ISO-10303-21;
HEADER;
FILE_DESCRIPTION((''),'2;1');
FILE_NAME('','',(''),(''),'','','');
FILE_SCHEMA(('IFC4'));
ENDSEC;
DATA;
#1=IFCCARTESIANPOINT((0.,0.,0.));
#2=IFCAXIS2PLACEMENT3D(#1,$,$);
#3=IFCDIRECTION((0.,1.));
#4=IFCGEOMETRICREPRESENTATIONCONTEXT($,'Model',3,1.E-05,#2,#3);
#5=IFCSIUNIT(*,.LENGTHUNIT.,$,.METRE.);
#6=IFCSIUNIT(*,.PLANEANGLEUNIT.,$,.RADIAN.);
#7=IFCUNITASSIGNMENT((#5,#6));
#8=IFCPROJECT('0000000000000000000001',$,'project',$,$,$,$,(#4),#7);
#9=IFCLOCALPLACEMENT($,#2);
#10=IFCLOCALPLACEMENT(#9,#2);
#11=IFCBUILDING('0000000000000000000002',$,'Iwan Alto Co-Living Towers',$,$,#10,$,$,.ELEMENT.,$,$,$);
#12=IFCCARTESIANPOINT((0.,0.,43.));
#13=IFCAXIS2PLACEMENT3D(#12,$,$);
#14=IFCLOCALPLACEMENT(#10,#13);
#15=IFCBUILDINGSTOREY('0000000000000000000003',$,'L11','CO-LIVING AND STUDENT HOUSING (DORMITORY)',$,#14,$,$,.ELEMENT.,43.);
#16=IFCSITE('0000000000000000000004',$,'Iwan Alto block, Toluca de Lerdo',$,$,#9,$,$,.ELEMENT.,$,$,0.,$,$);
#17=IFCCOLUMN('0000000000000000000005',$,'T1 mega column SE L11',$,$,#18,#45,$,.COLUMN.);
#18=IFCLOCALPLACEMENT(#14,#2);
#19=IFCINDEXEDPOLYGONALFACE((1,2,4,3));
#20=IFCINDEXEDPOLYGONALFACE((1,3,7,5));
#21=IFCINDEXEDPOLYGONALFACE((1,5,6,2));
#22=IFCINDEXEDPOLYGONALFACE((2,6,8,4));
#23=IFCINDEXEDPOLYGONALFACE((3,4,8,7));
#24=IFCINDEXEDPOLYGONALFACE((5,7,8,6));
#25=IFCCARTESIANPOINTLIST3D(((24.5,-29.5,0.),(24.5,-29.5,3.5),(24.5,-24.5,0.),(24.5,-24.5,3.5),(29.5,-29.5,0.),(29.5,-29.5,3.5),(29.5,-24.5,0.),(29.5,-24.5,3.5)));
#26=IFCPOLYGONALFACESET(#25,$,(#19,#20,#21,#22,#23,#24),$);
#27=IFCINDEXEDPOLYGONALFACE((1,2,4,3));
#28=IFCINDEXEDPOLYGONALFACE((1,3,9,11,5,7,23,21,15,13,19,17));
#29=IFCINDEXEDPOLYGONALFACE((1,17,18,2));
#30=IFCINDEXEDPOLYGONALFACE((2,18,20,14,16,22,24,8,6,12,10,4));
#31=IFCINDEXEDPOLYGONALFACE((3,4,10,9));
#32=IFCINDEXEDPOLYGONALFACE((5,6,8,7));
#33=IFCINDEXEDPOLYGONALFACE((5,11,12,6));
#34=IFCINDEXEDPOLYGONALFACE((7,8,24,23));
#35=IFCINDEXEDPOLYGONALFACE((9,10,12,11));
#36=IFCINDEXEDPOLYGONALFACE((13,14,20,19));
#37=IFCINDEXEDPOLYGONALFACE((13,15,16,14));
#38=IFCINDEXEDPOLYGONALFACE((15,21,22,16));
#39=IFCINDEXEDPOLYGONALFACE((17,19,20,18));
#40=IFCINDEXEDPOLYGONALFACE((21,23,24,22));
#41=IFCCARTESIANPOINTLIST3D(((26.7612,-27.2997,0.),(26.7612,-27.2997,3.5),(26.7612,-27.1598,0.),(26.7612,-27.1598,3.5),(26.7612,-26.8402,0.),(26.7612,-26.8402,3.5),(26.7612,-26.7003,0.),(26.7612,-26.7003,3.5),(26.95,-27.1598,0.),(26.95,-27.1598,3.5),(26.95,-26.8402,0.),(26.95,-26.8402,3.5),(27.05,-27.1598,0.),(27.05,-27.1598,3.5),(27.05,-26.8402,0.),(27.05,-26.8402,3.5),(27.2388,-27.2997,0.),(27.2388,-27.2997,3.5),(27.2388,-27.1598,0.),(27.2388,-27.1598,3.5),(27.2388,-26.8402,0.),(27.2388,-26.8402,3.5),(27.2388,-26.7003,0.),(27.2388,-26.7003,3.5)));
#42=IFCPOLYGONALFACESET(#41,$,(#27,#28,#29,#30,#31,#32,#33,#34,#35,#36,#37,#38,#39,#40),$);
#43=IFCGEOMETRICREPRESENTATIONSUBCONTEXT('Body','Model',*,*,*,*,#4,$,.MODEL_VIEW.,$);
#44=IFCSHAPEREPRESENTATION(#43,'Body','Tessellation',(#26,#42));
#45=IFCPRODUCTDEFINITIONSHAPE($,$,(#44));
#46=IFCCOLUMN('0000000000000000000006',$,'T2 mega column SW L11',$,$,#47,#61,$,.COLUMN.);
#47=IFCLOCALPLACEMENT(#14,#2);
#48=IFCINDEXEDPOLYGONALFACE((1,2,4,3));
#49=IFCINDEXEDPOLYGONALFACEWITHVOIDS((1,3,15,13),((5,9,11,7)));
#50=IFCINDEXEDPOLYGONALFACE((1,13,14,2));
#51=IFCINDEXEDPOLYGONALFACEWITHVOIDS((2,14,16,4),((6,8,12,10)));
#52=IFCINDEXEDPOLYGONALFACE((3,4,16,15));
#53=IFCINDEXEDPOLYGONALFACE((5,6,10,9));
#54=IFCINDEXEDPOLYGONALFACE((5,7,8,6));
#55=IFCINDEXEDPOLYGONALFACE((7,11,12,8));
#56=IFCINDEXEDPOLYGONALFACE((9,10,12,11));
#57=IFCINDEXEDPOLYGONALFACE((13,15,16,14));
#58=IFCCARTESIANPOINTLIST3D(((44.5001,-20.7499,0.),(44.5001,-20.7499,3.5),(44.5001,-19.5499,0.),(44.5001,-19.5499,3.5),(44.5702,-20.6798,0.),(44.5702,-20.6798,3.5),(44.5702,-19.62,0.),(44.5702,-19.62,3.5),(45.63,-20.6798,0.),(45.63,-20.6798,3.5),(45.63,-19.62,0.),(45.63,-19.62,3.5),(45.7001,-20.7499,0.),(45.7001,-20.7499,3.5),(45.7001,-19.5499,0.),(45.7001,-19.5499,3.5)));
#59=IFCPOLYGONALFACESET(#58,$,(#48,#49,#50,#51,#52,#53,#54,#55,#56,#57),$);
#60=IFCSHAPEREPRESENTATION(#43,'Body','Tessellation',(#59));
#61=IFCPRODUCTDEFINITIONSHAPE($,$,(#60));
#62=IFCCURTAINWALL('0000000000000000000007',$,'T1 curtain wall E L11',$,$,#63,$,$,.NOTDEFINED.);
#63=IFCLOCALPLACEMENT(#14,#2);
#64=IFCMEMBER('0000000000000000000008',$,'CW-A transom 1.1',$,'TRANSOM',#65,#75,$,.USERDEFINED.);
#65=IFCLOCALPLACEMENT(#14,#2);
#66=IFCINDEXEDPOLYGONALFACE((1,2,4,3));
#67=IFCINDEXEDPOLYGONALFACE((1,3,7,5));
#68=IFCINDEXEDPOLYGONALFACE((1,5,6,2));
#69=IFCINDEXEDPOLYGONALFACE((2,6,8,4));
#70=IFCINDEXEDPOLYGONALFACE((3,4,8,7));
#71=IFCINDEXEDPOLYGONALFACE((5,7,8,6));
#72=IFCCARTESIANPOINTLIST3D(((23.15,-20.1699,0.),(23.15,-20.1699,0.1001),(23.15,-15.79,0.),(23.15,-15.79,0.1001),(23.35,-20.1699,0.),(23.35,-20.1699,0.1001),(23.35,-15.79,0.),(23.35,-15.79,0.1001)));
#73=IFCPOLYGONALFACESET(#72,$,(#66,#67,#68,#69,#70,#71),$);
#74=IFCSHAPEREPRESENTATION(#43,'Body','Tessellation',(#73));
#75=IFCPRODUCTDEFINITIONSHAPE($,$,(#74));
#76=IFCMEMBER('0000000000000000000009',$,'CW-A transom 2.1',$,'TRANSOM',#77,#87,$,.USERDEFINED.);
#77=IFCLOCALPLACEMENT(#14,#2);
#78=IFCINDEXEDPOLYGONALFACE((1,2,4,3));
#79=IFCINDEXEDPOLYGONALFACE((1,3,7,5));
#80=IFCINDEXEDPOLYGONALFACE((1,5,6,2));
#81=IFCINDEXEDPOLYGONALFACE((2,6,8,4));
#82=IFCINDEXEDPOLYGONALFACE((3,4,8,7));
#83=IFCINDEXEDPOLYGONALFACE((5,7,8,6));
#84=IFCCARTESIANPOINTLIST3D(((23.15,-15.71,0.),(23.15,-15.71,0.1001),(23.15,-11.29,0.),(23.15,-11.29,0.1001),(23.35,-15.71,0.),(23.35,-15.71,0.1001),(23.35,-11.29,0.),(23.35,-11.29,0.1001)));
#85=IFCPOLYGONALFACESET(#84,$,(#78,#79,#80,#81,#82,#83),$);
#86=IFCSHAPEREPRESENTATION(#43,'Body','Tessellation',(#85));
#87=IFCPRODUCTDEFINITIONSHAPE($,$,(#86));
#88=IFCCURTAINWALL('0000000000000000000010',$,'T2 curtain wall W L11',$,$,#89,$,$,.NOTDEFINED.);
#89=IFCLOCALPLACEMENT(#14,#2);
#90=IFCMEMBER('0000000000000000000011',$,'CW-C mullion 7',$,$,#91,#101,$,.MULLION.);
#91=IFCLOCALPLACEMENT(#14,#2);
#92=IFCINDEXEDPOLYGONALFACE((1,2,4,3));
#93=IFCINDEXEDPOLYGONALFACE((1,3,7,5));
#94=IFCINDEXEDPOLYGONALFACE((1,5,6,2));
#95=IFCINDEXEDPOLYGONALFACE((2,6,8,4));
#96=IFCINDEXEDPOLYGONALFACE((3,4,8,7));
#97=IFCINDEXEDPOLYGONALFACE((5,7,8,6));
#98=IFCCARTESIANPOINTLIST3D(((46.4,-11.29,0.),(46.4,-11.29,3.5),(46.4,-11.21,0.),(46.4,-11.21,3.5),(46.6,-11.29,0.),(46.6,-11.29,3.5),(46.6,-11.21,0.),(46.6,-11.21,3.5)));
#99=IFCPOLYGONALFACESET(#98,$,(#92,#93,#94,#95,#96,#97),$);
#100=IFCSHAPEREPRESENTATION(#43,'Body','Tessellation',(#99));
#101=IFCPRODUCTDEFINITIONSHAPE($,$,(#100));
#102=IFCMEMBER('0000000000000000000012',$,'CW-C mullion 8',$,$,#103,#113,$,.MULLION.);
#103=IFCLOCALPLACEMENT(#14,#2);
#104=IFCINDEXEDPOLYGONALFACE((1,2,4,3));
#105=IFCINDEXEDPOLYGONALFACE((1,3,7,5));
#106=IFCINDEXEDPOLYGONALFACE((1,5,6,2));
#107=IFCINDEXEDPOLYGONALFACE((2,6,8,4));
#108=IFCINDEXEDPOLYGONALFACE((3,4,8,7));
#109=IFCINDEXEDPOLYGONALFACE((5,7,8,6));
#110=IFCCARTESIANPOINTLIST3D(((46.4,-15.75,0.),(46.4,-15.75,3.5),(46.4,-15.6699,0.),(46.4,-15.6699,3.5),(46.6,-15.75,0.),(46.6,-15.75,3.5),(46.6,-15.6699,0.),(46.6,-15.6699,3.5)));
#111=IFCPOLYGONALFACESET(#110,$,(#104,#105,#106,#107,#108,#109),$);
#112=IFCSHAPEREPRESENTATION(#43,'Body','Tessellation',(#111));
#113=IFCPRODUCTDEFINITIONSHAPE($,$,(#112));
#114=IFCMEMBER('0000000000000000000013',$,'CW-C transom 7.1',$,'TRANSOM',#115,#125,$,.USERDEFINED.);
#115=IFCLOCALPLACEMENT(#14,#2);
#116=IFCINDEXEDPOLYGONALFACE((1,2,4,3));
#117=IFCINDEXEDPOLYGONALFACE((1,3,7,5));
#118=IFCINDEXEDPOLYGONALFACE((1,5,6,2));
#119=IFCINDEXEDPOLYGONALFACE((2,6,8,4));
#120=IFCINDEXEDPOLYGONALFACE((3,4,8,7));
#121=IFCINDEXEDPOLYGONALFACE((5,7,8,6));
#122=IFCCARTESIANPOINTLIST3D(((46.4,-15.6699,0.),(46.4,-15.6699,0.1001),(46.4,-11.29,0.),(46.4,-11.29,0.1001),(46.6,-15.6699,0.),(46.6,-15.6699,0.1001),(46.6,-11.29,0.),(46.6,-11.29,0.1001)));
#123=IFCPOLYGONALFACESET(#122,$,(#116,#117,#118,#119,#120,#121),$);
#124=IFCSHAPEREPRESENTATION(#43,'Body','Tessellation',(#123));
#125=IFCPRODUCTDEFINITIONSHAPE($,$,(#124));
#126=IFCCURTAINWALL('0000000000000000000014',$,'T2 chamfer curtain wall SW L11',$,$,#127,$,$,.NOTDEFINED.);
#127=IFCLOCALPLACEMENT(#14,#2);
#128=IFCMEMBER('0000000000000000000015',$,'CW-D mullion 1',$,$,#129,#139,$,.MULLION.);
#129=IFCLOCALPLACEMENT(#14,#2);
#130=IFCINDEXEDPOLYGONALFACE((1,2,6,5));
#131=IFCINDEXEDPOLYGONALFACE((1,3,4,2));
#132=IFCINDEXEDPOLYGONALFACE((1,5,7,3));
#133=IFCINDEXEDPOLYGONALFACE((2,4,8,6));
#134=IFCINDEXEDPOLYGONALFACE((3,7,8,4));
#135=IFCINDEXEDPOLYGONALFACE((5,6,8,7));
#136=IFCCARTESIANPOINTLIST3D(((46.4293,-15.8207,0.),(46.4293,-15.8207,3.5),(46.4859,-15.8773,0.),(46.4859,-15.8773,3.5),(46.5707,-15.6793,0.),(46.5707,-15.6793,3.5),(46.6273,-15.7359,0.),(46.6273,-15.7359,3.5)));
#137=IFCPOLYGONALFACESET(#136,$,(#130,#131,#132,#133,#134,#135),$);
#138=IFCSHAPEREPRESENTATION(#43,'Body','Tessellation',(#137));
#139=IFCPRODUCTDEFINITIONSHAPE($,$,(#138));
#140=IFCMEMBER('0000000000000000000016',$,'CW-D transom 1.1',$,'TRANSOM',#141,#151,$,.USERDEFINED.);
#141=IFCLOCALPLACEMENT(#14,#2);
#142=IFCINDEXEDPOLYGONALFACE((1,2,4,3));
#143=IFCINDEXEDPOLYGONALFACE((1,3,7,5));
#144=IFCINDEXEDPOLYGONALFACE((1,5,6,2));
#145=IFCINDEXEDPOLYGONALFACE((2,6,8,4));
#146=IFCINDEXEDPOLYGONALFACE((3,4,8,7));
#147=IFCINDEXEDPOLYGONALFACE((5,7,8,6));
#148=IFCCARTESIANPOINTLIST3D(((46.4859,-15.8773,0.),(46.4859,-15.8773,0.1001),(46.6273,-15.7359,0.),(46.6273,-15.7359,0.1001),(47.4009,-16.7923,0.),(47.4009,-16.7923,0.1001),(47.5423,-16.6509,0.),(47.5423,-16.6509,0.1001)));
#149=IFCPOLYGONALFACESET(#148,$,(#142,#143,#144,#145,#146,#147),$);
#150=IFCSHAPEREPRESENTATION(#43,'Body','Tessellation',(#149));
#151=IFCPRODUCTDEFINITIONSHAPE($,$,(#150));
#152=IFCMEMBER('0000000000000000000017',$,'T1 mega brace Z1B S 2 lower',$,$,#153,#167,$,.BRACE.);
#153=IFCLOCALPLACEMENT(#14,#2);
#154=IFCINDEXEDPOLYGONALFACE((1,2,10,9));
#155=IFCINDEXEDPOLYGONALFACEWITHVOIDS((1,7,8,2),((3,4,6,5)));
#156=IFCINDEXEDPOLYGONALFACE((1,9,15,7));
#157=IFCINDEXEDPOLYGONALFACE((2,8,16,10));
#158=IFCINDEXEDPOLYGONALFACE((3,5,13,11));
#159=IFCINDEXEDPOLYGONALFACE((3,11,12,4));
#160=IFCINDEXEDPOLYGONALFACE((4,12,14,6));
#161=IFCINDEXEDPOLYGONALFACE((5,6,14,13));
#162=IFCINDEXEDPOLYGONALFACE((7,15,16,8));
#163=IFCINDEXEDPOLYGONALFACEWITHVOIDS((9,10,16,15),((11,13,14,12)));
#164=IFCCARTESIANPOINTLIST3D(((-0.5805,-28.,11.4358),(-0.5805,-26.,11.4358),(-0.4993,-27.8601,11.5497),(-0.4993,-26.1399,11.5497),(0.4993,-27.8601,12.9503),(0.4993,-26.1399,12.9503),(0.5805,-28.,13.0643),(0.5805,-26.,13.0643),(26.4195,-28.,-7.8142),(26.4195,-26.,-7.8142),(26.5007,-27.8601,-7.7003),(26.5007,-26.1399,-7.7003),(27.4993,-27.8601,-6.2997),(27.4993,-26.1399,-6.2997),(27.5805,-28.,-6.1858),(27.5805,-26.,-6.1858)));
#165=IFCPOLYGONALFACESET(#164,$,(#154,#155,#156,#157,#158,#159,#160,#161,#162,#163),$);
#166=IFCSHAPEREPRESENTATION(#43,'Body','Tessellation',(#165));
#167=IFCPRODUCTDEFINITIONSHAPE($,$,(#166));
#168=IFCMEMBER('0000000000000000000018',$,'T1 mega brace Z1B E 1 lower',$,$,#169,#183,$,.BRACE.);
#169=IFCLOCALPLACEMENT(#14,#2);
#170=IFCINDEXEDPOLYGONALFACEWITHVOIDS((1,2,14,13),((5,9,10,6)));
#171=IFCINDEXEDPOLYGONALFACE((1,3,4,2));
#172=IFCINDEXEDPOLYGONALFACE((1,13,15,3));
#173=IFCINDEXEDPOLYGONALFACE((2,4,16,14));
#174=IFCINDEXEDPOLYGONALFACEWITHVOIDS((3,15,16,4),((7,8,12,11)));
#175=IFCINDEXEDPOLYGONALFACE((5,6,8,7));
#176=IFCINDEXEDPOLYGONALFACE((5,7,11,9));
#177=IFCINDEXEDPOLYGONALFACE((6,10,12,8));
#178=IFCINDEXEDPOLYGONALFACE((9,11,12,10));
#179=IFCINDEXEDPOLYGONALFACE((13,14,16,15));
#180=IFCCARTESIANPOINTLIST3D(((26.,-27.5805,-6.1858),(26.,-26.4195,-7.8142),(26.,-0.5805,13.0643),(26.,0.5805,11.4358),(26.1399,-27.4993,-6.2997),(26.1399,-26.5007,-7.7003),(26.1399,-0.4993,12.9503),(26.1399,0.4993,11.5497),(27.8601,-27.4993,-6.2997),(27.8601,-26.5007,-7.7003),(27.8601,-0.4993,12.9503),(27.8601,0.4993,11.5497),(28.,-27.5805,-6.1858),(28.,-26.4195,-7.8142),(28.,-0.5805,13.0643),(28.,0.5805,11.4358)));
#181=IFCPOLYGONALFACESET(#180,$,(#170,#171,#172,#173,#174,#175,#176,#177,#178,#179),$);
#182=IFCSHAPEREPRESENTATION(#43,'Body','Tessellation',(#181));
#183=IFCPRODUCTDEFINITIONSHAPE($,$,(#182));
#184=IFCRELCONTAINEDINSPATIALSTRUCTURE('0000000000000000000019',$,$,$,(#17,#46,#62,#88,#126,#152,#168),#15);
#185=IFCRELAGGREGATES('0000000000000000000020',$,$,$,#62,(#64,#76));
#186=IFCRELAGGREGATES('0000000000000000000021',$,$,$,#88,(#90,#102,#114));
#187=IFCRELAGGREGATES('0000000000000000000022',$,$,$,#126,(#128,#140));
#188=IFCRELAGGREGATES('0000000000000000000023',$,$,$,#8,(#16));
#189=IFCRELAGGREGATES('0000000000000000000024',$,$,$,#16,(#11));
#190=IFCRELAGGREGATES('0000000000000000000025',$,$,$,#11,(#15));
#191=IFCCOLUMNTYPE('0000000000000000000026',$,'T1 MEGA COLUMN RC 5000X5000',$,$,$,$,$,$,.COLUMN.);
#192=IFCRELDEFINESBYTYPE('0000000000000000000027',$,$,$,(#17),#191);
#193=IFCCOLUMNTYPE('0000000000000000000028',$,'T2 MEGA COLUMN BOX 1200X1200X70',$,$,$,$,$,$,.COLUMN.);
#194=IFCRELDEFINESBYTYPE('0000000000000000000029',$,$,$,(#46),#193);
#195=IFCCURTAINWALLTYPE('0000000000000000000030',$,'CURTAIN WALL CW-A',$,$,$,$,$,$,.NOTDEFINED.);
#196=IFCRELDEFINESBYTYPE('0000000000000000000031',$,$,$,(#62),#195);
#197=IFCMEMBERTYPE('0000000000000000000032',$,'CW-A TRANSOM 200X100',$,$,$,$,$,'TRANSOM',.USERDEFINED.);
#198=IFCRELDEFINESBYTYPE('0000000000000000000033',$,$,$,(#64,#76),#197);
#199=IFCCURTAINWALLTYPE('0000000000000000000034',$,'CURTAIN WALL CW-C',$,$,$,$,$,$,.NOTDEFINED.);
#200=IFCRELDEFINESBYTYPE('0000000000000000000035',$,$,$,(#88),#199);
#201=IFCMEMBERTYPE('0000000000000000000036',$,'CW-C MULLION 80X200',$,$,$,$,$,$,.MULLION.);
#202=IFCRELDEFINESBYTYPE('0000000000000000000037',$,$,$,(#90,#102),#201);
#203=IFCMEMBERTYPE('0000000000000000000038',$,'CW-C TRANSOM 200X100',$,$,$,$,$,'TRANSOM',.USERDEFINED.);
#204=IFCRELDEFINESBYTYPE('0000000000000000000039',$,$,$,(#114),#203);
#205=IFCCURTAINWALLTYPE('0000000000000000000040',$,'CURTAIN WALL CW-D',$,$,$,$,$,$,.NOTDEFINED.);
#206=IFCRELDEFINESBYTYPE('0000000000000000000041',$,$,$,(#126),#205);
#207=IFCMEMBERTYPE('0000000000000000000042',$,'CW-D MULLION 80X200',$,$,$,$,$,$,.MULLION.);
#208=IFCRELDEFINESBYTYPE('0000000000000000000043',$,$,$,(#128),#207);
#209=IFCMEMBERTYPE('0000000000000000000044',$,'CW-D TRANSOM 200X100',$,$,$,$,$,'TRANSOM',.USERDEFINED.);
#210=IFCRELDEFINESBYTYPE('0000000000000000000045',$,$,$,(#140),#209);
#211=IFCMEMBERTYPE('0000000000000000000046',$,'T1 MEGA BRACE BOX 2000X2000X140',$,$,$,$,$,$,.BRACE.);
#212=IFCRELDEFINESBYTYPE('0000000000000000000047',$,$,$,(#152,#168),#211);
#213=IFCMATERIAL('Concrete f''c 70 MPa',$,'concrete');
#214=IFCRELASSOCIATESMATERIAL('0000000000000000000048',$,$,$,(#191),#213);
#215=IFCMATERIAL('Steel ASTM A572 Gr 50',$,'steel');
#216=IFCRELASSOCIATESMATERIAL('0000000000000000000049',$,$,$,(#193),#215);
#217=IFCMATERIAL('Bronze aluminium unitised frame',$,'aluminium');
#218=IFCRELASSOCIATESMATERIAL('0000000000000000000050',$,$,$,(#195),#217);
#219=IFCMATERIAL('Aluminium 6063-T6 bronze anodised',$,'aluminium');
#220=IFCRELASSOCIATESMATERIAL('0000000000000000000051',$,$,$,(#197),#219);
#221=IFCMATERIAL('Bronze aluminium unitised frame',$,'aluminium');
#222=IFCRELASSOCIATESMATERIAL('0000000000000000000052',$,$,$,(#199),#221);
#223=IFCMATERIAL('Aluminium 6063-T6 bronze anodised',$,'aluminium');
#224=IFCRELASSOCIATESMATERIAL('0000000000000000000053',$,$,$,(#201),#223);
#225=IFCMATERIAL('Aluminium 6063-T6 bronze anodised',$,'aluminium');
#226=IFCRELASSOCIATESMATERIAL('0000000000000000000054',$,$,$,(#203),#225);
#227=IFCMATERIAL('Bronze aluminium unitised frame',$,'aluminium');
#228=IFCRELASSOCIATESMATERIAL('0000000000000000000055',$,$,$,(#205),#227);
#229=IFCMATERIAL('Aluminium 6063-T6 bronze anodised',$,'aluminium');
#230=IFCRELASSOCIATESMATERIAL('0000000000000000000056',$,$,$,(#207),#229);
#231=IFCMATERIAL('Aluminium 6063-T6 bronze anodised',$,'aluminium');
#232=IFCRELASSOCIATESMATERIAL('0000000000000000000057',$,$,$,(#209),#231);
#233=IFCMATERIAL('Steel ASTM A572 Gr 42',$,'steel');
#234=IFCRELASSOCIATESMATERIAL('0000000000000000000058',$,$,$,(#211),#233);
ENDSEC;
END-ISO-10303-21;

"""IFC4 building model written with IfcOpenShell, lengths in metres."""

from ifc_helpers import new_model, si_unit, direction, frame, origin, origin_2d, place, context, subcontext, project, spatial, rectangle, hollow_rectangle, i_section, extrude, material, material_profile, profile_set, type_object, element, aggregate, save


model = new_model("IFC4")

# Units and contexts
model_context = context("Model", 3, precision=1e-05, world=origin(), true_north=direction((0.0, 1.0)))
body_context = subcontext(model_context, "Body", "Model", "MODEL_VIEW")
ifc_project = project(units=[si_unit("LENGTHUNIT", "METRE"), si_unit("PLANEANGLEUNIT", "RADIAN")], contexts=[model_context])

# Site, building, storey
site_placement = place(None, origin())
site = spatial("IfcSite", under=ifc_project, at=site_placement, Name="Iwan Alto block, Toluca de Lerdo", CompositionType="ELEMENT", RefElevation=0.0)
building_placement = place(site_placement, origin())
building = spatial("IfcBuilding", under=site, at=building_placement, Name="Iwan Alto Co-Living Towers", CompositionType="ELEMENT")
storey_placement = place(building_placement, frame((0.0, 0.0, 43.0)))
storey = spatial("IfcBuildingStorey", under=building, at=storey_placement, Name="L11", Description="CO-LIVING AND STUDENT HOUSING (DORMITORY)", CompositionType="ELEMENT", Elevation=43.0)

# Columns
ifc_material_1 = material(Name="Concrete f'c 70 MPa", Category="concrete")
ifc_material_profile_1 = material_profile(ifc_material_1, rectangle(XDim=5.0, YDim=5.0, at=origin_2d()), Name="RC 5000X5000")
ifc_profile_set_1 = profile_set([ifc_material_profile_1], Name="Concrete f'c 70 MPa")
column_type_1 = type_object("IfcColumnType", Name="T1 MEGA COLUMN RC 5000X5000", PredefinedType="COLUMN", material=ifc_profile_set_1)
column_1_placement = place(storey_placement, frame((27.0, -27.0, 0.0), z_axis=(0.0, 0.0, 1.0), x_axis=(1.0, 0.0, 0.0)))
element("IfcColumn", 1, at=column_1_placement, inside=storey, type_object=column_type_1, Name="T1 mega column SE L11", PredefinedType="COLUMN", context=body_context, shape_type="SweptSolid", body=[
    extrude(rectangle(XDim=5.0, YDim=5.0, at=origin_2d()), origin(), (0.0, 0.0, 1.0), 3.5),
    extrude(i_section(OverallWidth=0.4775, OverallDepth=0.5994, WebThickness=0.1001, FlangeThickness=0.1399, at=origin_2d()), origin(), (0.0, 0.0, 1.0), 3.5),
])
ifc_material_2 = material(Name="Steel ASTM A572 Gr 50", Category="steel")
ifc_material_profile_2 = material_profile(ifc_material_2, hollow_rectangle(XDim=1.2, YDim=1.2, WallThickness=0.0701, at=origin_2d()), Name="BOX 1200X1200X70")
ifc_profile_set_2 = profile_set([ifc_material_profile_2], Name="Steel ASTM A572 Gr 50")
column_type_2 = type_object("IfcColumnType", Name="T2 MEGA COLUMN BOX 1200X1200X70", PredefinedType="COLUMN", material=ifc_profile_set_2)
column_2_placement = place(storey_placement, frame((45.1001, -20.1499, 0.0), z_axis=(0.0, 0.0, 1.0), x_axis=(1.0, 0.0, 0.0)))
element("IfcColumn", 2, at=column_2_placement, inside=storey, type_object=column_type_2, Name="T2 mega column SW L11", PredefinedType="COLUMN", context=body_context, shape_type="SweptSolid", body=[
    extrude(hollow_rectangle(XDim=1.2, YDim=1.2, WallThickness=0.0701, at=origin_2d()), origin(), (0.0, 0.0, 1.0), 3.5),
])

# Curtain walls, members
ifc_material_3 = material(Name="Bronze aluminium unitised frame", Category="aluminium")
curtain_wall_type_1 = type_object("IfcCurtainWallType", Name="CURTAIN WALL CW-A", PredefinedType="NOTDEFINED", material=ifc_material_3)
curtain_wall_1_placement = place(storey_placement, origin())
curtain_wall_1 = element("IfcCurtainWall", 3, at=curtain_wall_1_placement, inside=storey, type_object=curtain_wall_type_1, Name="T1 curtain wall E L11", PredefinedType="NOTDEFINED")
ifc_material_4 = material(Name="Aluminium 6063-T6 bronze anodised", Category="aluminium")
ifc_material_profile_3 = material_profile(ifc_material_4, rectangle(XDim=0.2, YDim=0.1001, at=origin_2d()), Name="AL 200X100")
ifc_profile_set_3 = profile_set([ifc_material_profile_3], Name="Aluminium 6063-T6 bronze anodised")
member_type_1 = type_object("IfcMemberType", Name="CW-A TRANSOM 200X100", ElementType="TRANSOM", PredefinedType="USERDEFINED", material=ifc_profile_set_3)
member_1_placement = place(storey_placement, frame((23.25, -20.1699, 0.05), z_axis=(0.0, 1.0, 0.0), x_axis=(-1.0, 0.0, 0.0)))
member_1 = element("IfcMember", 4, at=member_1_placement, type_object=member_type_1, Name="CW-A transom 1.1", ObjectType="TRANSOM", PredefinedType="USERDEFINED", context=body_context, shape_type="SweptSolid", body=[
    extrude(rectangle(XDim=0.2, YDim=0.1001, at=origin_2d()), origin(), (0.0, 0.0, 1.0), 4.3799),
])
member_2_placement = place(storey_placement, frame((23.25, -15.71, 0.05), z_axis=(0.0, 1.0, 0.0), x_axis=(-1.0, 0.0, 0.0)))
member_2 = element("IfcMember", 5, at=member_2_placement, type_object=member_type_1, Name="CW-A transom 2.1", ObjectType="TRANSOM", PredefinedType="USERDEFINED", context=body_context, shape_type="SweptSolid", body=[
    extrude(rectangle(XDim=0.2, YDim=0.1001, at=origin_2d()), origin(), (0.0, 0.0, 1.0), 4.4199),
])
ifc_material_5 = material(Name="Bronze aluminium unitised frame", Category="aluminium")
curtain_wall_type_2 = type_object("IfcCurtainWallType", Name="CURTAIN WALL CW-C", PredefinedType="NOTDEFINED", material=ifc_material_5)
curtain_wall_2_placement = place(storey_placement, origin())
curtain_wall_2 = element("IfcCurtainWall", 6, at=curtain_wall_2_placement, inside=storey, type_object=curtain_wall_type_2, Name="T2 curtain wall W L11", PredefinedType="NOTDEFINED")
ifc_material_6 = material(Name="Aluminium 6063-T6 bronze anodised", Category="aluminium")
ifc_material_profile_4 = material_profile(ifc_material_6, rectangle(XDim=0.2, YDim=0.0801, at=origin_2d()), Name="AL 80X200")
ifc_profile_set_4 = profile_set([ifc_material_profile_4], Name="Aluminium 6063-T6 bronze anodised")
member_type_2 = type_object("IfcMemberType", Name="CW-C MULLION 80X200", PredefinedType="MULLION", material=ifc_profile_set_4)
member_3_placement = place(storey_placement, frame((46.5, -11.25, 0.0), z_axis=(0.0, 0.0, 1.0), x_axis=(1.0, 0.0, 0.0)))
member_3 = element("IfcMember", 7, at=member_3_placement, type_object=member_type_2, Name="CW-C mullion 7", PredefinedType="MULLION", context=body_context, shape_type="SweptSolid", body=[
    extrude(rectangle(XDim=0.2, YDim=0.0801, at=origin_2d()), origin(), (0.0, 0.0, 1.0), 3.5),
])
member_4_placement = place(storey_placement, frame((46.5, -15.71, 0.0), z_axis=(0.0, 0.0, 1.0), x_axis=(1.0, 0.0, 0.0)))
member_4 = element("IfcMember", 8, at=member_4_placement, type_object=member_type_2, Name="CW-C mullion 8", PredefinedType="MULLION", context=body_context, shape_type="SweptSolid", body=[
    extrude(rectangle(XDim=0.2, YDim=0.0801, at=origin_2d()), origin(), (0.0, 0.0, 1.0), 3.5),
])
ifc_material_7 = material(Name="Aluminium 6063-T6 bronze anodised", Category="aluminium")
ifc_material_profile_5 = material_profile(ifc_material_7, rectangle(XDim=0.2, YDim=0.1001, at=origin_2d()), Name="AL 200X100")
ifc_profile_set_5 = profile_set([ifc_material_profile_5], Name="Aluminium 6063-T6 bronze anodised")
member_type_3 = type_object("IfcMemberType", Name="CW-C TRANSOM 200X100", ElementType="TRANSOM", PredefinedType="USERDEFINED", material=ifc_profile_set_5)
member_5_placement = place(storey_placement, frame((46.5, -11.29, 0.05), z_axis=(0.0, -1.0, 0.0), x_axis=(1.0, 0.0, 0.0)))
member_5 = element("IfcMember", 9, at=member_5_placement, type_object=member_type_3, Name="CW-C transom 7.1", ObjectType="TRANSOM", PredefinedType="USERDEFINED", context=body_context, shape_type="SweptSolid", body=[
    extrude(rectangle(XDim=0.2, YDim=0.1001, at=origin_2d()), origin(), (0.0, 0.0, 1.0), 4.3799),
])
ifc_material_8 = material(Name="Bronze aluminium unitised frame", Category="aluminium")
curtain_wall_type_3 = type_object("IfcCurtainWallType", Name="CURTAIN WALL CW-D", PredefinedType="NOTDEFINED", material=ifc_material_8)
curtain_wall_3_placement = place(storey_placement, origin())
curtain_wall_3 = element("IfcCurtainWall", 10, at=curtain_wall_3_placement, inside=storey, type_object=curtain_wall_type_3, Name="T2 chamfer curtain wall SW L11", PredefinedType="NOTDEFINED")
ifc_material_9 = material(Name="Aluminium 6063-T6 bronze anodised", Category="aluminium")
ifc_material_profile_6 = material_profile(ifc_material_9, rectangle(XDim=0.2, YDim=0.0801, at=origin_2d()), Name="AL 80X200")
ifc_profile_set_6 = profile_set([ifc_material_profile_6], Name="Aluminium 6063-T6 bronze anodised")
member_type_4 = type_object("IfcMemberType", Name="CW-D MULLION 80X200", PredefinedType="MULLION", material=ifc_profile_set_6)
member_6_placement = place(storey_placement, frame((46.5283, -15.7783, 0.0), z_axis=(0.0, 0.0, 1.0), x_axis=(0.707107, 0.707107, 0.0)))
member_6 = element("IfcMember", 11, at=member_6_placement, type_object=member_type_4, Name="CW-D mullion 1", PredefinedType="MULLION", context=body_context, shape_type="SweptSolid", body=[
    extrude(rectangle(XDim=0.2, YDim=0.0801, at=origin_2d()), origin(), (0.0, 0.0, 1.0), 3.5),
])
ifc_material_10 = material(Name="Aluminium 6063-T6 bronze anodised", Category="aluminium")
ifc_material_profile_7 = material_profile(ifc_material_10, rectangle(XDim=0.2, YDim=0.1001, at=origin_2d()), Name="AL 200X100")
ifc_profile_set_7 = profile_set([ifc_material_profile_7], Name="Aluminium 6063-T6 bronze anodised")
member_type_5 = type_object("IfcMemberType", Name="CW-D TRANSOM 200X100", ElementType="TRANSOM", PredefinedType="USERDEFINED", material=ifc_profile_set_7)
member_7_placement = place(storey_placement, frame((46.5566, -15.8066, 0.05), z_axis=(0.707107, -0.707107, 0.0), x_axis=(0.707107, 0.707107, 0.0)))
member_7 = element("IfcMember", 12, at=member_7_placement, type_object=member_type_5, Name="CW-D transom 1.1", ObjectType="TRANSOM", PredefinedType="USERDEFINED", context=body_context, shape_type="SweptSolid", body=[
    extrude(rectangle(XDim=0.2, YDim=0.1001, at=origin_2d()), origin(), (0.0, 0.0, 1.0), 1.2939),
])

# Members
ifc_material_11 = material(Name="Steel ASTM A572 Gr 42", Category="steel")
ifc_material_profile_8 = material_profile(ifc_material_11, hollow_rectangle(XDim=2.0, YDim=2.0, WallThickness=0.1399, at=origin_2d()), Name="BOX 2000X2000X140")
ifc_profile_set_8 = profile_set([ifc_material_profile_8], Name="Steel ASTM A572 Gr 42")
member_type_6 = type_object("IfcMemberType", Name="T1 MEGA BRACE BOX 2000X2000X140", PredefinedType="BRACE", material=ifc_profile_set_8)
for number, where, z_axis, x_axis, name in (
    (13, (27.0, -27.0, -7.0), (-0.814243, 0.0, 0.580525), (0.0, -1.0, 0.0), "T1 mega brace Z1B S 2 lower"),
    (14, (27.0, -27.0, -7.0), (0.0, 0.814243, 0.580525), (-1.0, 0.0, 0.0), "T1 mega brace Z1B E 1 lower"),
):
    element("IfcMember", number, at=place(storey_placement, frame(where, z_axis=z_axis, x_axis=x_axis)), inside=storey, type_object=member_type_6, Name=name, PredefinedType="BRACE", context=body_context, shape_type="SweptSolid", body=[
        extrude(hollow_rectangle(XDim=2.0, YDim=2.0, WallThickness=0.1399, at=origin_2d()), origin(), (0.0, 0.0, 1.0), 33.1597),
    ])

aggregate(curtain_wall_1, [member_1, member_2])
aggregate(curtain_wall_2, [member_3, member_4, member_5])
aggregate(curtain_wall_3, [member_6, member_7])

save(model, "model.ifc")
